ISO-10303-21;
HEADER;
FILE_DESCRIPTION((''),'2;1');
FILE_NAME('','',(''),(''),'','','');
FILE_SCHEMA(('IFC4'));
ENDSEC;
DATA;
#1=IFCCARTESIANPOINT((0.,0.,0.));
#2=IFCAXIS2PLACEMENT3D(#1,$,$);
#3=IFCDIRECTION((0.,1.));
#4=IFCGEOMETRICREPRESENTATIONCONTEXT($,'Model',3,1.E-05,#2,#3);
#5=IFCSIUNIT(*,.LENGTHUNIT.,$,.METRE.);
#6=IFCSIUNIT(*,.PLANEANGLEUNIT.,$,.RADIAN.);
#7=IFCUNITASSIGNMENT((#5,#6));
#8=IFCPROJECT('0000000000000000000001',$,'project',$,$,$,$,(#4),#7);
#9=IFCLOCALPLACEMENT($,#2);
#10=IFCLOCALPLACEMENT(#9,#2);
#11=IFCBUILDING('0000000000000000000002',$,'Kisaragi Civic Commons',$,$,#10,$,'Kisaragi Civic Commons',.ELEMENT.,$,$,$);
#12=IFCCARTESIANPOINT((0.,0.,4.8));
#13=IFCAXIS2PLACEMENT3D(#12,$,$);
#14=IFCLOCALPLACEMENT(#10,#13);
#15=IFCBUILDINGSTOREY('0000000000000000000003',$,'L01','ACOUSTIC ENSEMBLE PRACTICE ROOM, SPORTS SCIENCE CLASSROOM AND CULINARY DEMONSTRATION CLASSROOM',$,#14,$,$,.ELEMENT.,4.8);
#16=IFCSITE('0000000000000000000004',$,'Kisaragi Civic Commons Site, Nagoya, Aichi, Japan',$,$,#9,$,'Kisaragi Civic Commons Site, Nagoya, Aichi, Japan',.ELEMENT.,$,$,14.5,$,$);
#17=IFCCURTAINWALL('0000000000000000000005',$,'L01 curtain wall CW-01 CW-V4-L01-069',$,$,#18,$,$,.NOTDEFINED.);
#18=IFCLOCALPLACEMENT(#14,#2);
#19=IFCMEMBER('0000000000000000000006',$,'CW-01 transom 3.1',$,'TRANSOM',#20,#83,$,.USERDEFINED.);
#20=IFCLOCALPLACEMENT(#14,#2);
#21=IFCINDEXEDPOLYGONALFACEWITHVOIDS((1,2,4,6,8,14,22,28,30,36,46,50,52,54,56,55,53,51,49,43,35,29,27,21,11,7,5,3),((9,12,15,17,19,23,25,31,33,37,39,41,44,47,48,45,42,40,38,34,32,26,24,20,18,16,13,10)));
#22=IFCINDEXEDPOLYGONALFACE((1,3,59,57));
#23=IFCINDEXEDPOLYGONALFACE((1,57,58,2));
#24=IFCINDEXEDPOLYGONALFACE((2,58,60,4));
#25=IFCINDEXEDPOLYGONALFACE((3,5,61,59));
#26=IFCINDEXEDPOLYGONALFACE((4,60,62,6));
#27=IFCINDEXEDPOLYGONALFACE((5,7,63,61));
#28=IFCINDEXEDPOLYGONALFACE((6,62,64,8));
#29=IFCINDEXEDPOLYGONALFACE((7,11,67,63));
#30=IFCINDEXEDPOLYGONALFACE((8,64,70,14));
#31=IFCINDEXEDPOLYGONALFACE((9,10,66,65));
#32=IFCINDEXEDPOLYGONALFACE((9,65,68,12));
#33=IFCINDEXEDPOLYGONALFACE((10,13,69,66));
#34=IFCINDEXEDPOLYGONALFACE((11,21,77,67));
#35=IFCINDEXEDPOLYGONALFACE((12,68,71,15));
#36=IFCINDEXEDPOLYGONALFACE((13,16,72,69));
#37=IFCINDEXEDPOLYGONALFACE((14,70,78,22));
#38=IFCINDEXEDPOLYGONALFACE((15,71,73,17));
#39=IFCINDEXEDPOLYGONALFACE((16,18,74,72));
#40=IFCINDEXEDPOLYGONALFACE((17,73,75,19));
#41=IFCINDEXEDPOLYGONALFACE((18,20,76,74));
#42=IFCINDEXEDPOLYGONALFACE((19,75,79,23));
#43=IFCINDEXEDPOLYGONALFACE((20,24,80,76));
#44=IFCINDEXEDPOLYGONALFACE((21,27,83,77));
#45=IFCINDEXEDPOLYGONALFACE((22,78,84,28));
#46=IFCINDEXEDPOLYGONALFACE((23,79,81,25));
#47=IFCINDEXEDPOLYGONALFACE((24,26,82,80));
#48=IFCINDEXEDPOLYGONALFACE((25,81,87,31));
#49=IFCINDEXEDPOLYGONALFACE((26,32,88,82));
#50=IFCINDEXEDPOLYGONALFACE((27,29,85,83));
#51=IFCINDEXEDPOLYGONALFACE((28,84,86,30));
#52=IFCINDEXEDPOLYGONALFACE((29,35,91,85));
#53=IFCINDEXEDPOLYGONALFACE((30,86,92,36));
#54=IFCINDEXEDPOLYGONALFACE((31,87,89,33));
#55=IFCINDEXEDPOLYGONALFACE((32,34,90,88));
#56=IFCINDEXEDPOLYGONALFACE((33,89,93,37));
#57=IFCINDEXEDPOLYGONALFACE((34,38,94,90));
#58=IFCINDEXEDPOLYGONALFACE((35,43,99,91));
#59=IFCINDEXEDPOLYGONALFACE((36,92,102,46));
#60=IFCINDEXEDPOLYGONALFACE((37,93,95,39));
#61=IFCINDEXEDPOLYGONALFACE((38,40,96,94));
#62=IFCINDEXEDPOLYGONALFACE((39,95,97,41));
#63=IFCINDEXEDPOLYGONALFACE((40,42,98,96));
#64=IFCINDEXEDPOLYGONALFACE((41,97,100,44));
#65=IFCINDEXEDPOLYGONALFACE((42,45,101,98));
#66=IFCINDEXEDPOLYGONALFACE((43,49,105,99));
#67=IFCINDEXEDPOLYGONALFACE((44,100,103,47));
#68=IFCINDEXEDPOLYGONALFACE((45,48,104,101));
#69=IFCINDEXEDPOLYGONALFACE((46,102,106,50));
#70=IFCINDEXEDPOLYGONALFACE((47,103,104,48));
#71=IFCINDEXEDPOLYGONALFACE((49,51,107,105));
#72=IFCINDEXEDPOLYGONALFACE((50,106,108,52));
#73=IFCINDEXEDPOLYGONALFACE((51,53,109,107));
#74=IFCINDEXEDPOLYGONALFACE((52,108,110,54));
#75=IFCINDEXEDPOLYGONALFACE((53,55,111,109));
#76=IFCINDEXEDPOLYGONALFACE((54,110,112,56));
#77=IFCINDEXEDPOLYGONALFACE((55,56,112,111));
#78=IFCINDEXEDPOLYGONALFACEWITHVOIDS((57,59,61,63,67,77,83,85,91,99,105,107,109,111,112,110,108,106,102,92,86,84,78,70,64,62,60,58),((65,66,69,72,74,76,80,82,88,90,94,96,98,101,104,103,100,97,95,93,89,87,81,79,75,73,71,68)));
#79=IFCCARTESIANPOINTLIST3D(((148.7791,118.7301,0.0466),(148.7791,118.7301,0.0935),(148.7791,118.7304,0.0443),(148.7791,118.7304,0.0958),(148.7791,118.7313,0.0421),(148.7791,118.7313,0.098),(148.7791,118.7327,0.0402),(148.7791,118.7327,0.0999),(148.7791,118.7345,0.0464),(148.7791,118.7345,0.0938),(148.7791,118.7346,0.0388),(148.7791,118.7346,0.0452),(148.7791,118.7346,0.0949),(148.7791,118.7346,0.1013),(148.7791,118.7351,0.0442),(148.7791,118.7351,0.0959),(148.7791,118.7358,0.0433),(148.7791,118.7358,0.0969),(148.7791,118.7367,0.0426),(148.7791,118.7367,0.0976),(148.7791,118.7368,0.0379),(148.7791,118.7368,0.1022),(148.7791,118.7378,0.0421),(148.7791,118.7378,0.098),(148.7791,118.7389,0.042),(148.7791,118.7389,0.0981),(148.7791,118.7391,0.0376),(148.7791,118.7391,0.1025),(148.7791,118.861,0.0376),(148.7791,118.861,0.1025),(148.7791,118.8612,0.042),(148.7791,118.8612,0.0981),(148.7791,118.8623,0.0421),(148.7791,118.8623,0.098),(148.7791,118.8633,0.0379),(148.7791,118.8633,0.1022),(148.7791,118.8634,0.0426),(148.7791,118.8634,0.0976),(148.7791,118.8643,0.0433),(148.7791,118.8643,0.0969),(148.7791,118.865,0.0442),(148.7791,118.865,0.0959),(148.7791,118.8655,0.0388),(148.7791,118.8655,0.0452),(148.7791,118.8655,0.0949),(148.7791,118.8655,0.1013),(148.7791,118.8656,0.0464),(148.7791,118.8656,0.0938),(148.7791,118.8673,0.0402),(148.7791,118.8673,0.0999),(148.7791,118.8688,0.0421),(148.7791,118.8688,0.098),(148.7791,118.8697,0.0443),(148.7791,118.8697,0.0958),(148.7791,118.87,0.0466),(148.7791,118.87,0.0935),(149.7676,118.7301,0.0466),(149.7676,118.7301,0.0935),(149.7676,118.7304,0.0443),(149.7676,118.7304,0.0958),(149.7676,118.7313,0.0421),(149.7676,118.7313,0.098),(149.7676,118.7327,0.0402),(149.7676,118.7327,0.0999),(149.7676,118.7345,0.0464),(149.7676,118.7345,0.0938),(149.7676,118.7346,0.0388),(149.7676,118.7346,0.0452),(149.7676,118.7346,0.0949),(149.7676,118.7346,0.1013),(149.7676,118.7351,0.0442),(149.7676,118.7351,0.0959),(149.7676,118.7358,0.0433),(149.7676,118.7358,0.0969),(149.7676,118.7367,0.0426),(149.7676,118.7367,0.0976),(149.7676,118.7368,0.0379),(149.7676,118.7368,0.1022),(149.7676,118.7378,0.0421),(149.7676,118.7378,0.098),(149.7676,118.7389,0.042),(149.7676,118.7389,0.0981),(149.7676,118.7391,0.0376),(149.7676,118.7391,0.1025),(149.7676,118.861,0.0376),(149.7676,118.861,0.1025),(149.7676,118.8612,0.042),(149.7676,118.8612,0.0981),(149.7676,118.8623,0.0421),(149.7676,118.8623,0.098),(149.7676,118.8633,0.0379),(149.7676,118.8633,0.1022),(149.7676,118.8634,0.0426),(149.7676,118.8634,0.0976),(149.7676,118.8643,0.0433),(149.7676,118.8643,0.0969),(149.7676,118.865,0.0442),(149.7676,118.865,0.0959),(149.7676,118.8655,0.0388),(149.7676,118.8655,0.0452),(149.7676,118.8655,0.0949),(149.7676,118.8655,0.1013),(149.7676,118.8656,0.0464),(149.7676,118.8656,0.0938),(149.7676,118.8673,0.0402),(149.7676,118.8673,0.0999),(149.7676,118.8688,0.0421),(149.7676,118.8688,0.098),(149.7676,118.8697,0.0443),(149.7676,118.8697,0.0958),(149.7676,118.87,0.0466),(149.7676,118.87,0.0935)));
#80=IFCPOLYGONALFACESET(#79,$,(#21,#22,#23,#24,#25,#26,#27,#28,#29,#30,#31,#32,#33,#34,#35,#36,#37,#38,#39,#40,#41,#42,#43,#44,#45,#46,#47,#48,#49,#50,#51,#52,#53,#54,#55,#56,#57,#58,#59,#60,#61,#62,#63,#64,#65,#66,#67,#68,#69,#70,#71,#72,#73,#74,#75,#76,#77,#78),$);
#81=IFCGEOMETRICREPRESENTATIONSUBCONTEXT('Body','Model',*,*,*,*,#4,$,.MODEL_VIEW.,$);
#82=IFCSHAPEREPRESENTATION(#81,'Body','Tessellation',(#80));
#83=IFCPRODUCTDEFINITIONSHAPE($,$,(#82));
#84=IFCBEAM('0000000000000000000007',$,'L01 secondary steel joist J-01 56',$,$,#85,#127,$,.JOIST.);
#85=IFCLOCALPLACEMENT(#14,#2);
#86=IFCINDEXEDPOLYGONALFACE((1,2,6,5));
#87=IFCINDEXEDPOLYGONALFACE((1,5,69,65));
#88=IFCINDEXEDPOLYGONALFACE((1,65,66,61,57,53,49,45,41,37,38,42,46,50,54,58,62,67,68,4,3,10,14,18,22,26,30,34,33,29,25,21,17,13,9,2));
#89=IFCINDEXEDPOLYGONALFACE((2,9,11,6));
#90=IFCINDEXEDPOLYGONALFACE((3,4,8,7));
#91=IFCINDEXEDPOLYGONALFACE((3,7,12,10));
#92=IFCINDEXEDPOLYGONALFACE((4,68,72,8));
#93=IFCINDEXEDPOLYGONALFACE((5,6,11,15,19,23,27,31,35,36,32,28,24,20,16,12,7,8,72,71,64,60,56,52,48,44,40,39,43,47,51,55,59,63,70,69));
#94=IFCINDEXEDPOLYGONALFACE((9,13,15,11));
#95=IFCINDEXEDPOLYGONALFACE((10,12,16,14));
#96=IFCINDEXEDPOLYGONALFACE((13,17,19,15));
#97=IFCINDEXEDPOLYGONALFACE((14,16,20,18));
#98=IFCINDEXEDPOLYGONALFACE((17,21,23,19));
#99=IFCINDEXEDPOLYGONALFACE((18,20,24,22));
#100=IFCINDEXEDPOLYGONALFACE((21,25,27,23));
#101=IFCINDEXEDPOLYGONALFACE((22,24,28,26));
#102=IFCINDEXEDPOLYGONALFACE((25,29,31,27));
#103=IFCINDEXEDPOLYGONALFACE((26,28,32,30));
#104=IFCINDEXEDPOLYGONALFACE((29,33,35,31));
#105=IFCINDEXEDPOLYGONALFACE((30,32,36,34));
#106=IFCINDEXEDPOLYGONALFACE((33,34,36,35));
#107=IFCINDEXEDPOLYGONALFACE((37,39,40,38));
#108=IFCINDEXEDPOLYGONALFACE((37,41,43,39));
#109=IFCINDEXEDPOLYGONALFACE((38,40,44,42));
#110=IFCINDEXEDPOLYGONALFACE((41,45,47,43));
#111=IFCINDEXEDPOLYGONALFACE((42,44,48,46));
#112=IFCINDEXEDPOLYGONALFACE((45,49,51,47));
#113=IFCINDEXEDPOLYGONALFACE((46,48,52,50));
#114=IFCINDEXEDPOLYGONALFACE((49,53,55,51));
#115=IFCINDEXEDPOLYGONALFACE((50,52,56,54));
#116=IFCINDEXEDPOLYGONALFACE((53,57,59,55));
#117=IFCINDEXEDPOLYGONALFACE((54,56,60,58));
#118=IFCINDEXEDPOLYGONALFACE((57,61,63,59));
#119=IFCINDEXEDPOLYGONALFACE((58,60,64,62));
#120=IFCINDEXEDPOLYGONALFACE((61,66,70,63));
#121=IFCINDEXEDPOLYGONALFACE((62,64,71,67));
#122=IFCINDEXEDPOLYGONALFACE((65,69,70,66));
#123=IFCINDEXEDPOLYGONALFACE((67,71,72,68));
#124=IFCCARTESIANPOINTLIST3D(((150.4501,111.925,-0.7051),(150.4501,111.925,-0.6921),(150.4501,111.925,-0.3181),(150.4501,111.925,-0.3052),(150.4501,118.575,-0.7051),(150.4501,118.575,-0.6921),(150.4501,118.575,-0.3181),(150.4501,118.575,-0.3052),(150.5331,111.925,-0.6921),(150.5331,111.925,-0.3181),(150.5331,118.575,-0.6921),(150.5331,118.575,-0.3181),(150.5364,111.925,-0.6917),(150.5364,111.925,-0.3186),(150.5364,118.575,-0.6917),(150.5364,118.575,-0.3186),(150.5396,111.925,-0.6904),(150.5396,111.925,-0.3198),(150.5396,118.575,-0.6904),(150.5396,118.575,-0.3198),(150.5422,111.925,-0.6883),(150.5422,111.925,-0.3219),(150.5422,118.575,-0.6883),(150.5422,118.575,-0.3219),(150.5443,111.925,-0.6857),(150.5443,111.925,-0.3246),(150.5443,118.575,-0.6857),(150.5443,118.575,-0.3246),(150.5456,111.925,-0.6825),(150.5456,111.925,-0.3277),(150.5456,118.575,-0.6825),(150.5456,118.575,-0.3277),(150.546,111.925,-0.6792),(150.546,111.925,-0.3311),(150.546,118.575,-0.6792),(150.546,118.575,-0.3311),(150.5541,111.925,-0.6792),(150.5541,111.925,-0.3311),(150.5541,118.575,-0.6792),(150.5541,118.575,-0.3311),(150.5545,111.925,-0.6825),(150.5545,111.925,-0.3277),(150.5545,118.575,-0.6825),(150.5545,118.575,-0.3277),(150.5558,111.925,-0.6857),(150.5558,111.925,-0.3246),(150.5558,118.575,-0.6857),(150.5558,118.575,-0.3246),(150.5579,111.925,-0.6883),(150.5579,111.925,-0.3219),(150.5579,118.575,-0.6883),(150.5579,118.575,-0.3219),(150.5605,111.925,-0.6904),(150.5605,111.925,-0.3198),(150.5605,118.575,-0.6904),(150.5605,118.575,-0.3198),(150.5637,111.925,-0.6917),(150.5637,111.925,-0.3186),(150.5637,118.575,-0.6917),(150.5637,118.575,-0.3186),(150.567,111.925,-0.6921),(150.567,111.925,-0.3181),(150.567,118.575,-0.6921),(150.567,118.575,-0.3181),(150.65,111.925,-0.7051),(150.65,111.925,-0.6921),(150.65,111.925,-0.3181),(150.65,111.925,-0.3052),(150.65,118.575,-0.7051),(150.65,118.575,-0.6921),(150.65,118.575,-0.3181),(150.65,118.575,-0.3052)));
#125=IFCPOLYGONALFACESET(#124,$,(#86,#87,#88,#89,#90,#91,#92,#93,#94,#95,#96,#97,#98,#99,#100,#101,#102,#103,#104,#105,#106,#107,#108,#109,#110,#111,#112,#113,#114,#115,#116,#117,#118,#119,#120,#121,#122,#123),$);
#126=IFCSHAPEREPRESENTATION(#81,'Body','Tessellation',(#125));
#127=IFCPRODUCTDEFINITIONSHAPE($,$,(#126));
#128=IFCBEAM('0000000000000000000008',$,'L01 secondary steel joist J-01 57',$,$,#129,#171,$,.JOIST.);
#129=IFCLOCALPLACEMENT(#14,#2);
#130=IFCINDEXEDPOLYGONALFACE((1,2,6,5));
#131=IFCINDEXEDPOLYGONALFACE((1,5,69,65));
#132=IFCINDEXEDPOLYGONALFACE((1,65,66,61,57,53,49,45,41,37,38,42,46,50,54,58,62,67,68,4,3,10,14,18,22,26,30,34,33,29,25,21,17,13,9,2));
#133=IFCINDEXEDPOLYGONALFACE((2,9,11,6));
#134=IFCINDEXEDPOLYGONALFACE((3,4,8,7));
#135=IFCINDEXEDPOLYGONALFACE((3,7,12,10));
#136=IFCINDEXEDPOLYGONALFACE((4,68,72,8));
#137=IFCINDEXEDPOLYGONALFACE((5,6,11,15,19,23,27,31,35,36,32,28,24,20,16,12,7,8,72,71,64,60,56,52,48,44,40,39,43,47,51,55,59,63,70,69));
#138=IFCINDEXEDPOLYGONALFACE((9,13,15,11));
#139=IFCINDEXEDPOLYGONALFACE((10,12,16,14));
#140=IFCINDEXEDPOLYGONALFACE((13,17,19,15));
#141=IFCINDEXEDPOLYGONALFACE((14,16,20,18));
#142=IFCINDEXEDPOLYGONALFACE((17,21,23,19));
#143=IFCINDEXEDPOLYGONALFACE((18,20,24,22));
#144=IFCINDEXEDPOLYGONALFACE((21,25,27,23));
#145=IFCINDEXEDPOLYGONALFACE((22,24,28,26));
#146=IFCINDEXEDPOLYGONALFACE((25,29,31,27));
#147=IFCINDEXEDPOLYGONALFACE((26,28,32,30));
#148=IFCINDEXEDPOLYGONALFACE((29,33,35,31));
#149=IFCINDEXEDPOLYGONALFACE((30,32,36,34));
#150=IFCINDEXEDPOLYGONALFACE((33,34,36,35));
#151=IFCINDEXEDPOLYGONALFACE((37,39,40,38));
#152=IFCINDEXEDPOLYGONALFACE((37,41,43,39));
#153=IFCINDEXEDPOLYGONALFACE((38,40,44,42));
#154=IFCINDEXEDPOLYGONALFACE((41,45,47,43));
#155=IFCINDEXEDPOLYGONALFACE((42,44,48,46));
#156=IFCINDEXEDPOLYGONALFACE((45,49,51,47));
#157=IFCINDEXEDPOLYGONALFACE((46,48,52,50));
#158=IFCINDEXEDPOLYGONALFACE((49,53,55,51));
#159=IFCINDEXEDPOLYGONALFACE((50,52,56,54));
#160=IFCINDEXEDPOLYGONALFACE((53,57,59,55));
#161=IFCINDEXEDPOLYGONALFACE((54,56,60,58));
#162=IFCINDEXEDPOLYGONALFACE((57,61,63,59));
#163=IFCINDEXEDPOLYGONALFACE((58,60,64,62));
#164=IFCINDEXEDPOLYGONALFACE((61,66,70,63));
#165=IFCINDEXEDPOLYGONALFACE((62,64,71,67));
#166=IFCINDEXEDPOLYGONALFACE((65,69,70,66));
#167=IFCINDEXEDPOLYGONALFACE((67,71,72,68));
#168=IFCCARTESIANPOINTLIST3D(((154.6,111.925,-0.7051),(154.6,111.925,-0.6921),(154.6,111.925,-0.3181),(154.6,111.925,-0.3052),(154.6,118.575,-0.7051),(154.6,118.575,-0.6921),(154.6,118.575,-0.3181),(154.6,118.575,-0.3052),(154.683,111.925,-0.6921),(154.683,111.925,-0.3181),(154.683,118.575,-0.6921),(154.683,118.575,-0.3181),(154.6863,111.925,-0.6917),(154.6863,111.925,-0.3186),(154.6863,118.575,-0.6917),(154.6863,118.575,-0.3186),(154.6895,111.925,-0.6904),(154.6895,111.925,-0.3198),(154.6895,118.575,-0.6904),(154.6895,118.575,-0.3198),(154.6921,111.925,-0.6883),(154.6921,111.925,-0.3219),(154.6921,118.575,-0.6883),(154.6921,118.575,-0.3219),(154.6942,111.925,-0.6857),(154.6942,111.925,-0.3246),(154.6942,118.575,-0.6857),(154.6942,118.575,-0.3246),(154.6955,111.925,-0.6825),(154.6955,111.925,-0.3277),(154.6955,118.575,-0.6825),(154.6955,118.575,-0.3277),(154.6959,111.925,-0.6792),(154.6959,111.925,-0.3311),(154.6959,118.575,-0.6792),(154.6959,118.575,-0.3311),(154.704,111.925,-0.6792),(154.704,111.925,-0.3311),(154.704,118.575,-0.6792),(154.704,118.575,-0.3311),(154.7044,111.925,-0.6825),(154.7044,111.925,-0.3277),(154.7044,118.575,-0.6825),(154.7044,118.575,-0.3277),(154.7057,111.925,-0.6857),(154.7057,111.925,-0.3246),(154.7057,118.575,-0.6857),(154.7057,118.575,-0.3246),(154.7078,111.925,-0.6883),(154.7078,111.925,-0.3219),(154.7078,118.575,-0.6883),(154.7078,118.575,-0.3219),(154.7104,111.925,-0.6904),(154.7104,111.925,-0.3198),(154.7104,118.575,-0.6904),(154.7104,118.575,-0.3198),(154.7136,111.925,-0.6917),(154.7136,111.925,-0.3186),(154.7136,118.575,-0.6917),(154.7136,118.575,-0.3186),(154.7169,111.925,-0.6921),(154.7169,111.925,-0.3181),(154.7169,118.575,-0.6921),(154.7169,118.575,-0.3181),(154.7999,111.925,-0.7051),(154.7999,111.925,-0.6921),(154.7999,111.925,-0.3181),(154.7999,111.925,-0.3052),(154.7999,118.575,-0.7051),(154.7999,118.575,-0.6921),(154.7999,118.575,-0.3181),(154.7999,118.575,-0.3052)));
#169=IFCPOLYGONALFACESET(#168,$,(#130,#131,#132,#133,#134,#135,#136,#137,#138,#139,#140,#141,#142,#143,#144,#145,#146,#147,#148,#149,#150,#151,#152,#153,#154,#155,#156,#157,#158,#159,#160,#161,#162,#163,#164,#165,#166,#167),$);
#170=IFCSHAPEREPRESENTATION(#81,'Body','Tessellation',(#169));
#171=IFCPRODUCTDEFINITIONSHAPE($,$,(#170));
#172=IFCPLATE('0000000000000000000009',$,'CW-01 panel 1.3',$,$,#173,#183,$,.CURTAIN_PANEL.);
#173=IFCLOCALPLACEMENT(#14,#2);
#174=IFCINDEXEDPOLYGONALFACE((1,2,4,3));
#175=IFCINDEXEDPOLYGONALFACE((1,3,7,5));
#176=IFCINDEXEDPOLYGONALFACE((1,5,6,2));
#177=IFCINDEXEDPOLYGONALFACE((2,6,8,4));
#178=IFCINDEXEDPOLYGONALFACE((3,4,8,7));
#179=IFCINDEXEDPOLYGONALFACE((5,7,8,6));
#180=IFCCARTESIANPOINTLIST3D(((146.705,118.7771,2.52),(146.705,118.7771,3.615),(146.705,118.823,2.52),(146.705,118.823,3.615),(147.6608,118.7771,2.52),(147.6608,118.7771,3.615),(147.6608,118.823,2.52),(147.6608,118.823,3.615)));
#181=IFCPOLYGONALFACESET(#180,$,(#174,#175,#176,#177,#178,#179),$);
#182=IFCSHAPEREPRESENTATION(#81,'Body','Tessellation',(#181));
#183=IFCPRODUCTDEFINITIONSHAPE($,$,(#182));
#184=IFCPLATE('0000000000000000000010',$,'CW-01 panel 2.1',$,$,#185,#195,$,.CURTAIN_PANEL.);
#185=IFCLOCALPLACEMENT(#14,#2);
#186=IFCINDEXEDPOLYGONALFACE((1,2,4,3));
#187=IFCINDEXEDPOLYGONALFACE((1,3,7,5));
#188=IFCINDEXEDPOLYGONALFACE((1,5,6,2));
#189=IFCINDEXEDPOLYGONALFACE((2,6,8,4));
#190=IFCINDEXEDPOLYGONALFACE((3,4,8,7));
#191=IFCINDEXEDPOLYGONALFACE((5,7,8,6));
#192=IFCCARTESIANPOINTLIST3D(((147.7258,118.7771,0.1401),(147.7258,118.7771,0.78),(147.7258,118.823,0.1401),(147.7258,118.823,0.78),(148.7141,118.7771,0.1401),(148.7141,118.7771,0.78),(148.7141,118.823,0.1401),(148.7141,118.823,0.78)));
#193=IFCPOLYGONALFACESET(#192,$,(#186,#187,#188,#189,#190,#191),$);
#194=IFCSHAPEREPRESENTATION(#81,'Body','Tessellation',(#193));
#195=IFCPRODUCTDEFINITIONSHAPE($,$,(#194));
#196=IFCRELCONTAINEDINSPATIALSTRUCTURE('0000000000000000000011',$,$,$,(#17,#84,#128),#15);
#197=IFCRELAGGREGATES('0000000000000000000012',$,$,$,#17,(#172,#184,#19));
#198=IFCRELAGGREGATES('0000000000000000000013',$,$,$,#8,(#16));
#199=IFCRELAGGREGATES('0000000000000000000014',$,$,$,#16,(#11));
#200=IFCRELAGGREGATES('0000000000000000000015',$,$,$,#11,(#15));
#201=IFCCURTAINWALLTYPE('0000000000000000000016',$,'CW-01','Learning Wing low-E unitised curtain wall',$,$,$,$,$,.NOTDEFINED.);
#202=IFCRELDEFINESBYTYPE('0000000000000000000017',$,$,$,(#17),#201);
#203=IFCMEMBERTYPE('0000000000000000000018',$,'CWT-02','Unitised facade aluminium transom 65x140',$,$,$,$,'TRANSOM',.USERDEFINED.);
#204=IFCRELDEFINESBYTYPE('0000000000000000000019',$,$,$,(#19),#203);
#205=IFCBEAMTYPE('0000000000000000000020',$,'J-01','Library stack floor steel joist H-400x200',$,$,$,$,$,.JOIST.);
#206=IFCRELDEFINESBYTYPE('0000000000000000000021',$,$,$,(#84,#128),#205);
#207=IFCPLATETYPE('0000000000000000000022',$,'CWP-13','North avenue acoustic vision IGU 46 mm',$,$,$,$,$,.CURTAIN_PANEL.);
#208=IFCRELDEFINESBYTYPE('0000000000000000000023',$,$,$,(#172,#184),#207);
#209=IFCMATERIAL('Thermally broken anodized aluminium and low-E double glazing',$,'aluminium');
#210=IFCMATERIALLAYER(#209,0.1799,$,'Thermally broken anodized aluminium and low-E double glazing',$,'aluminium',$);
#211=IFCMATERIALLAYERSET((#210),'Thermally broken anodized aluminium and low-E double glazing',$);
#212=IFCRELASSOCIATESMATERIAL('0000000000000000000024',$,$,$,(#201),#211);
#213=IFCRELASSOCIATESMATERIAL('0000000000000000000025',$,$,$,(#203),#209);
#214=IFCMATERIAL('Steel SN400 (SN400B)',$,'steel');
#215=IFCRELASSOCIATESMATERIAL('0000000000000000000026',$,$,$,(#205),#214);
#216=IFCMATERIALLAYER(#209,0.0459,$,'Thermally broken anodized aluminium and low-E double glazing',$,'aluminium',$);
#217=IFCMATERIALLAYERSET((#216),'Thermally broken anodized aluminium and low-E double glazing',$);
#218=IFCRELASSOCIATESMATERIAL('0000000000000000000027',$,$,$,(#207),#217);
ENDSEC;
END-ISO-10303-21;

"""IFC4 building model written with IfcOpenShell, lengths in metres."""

from ifc_helpers import new_model, si_unit, direction, frame, origin, origin_2d, place, context, subcontext, project, spatial, rectangle, hollow_rectangle, i_section, extrude, material, layer, layer_set, material_profile, profile_set, type_object, element, aggregate, save


model = new_model("IFC4")

# Units and contexts
model_context = context("Model", 3, precision=1e-05, world=origin(), true_north=direction((0.0, 1.0)))
body_context = subcontext(model_context, "Body", "Model", "MODEL_VIEW")
ifc_project = project(units=[si_unit("LENGTHUNIT", "METRE"), si_unit("PLANEANGLEUNIT", "RADIAN")], contexts=[model_context])

# Site, building, storey
site_placement = place(None, origin())
site = spatial("IfcSite", under=ifc_project, at=site_placement, Name="Kisaragi Civic Commons Site, Nagoya, Aichi, Japan", LongName="Kisaragi Civic Commons Site, Nagoya, Aichi, Japan", CompositionType="ELEMENT", RefElevation=14.5)
building_placement = place(site_placement, origin())
building = spatial("IfcBuilding", under=site, at=building_placement, Name="Kisaragi Civic Commons", LongName="Kisaragi Civic Commons", CompositionType="ELEMENT")
storey_placement = place(building_placement, frame((0.0, 0.0, 4.8)))
storey = spatial("IfcBuildingStorey", under=building, at=storey_placement, Name="L01", Description="ACOUSTIC ENSEMBLE PRACTICE ROOM, SPORTS SCIENCE CLASSROOM AND CULINARY DEMONSTRATION CLASSROOM", CompositionType="ELEMENT", Elevation=4.8)

# Curtain wall, member
ifc_material_1 = material(Name="Thermally broken anodized aluminium and low-E double glazing", Category="aluminium")
ifc_layer_1 = layer(ifc_material_1, 0.1799, Name="Thermally broken anodized aluminium and low-E double glazing", Category="aluminium")
ifc_layer_set_1 = layer_set([ifc_layer_1], Name="Thermally broken anodized aluminium and low-E double glazing")
curtain_wall_type = type_object("IfcCurtainWallType", Name="CW-01", Description="Learning Wing low-E unitised curtain wall", PredefinedType="NOTDEFINED", material=ifc_layer_set_1)
curtain_wall_placement = place(storey_placement, origin())
curtain_wall = element("IfcCurtainWall", 1, at=curtain_wall_placement, inside=storey, type_object=curtain_wall_type, Name="L01 curtain wall CW-01 CW-V4-L01-069", PredefinedType="NOTDEFINED")
ifc_material_profile_1 = material_profile(ifc_material_1, hollow_rectangle(XDim=0.1399, YDim=0.0649, WallThickness=0.0044, InnerFilletRadius=0.0044, OuterFilletRadius=0.009, at=origin_2d()), Name="CWT-65x140x4.5", Category="aluminium")
ifc_profile_set_1 = profile_set([ifc_material_profile_1], Name="Thermally broken anodized aluminium and low-E double glazing")
member_type_1 = type_object("IfcMemberType", Name="CWT-02", Description="Unitised facade aluminium transom 65x140", ElementType="TRANSOM", PredefinedType="USERDEFINED", material=ifc_profile_set_1)
member_1_placement = place(storey_placement, frame((148.7791, 118.8, 0.0701), z_axis=(1.0, 0.0, 0.0), x_axis=(0.0, 1.0, 0.0)))
member_1 = element("IfcMember", 2, at=member_1_placement, type_object=member_type_1, Name="CW-01 transom 3.1", ObjectType="TRANSOM", PredefinedType="USERDEFINED", context=body_context, shape_type="SweptSolid", body=[
    extrude(hollow_rectangle(XDim=0.1399, YDim=0.0649, WallThickness=0.0044, InnerFilletRadius=0.0044, OuterFilletRadius=0.009, at=origin_2d()), origin(), (0.0, 0.0, 1.0), 0.9885),
])

# Beams
ifc_material_2 = material(Name="Steel SN400 (SN400B)", Category="steel")
ifc_material_profile_2 = material_profile(ifc_material_2, i_section(OverallWidth=0.2, OverallDepth=0.3999, WebThickness=0.0081, FlangeThickness=0.0129, FilletRadius=0.0129, at=origin_2d()), Name="H-400x200x8x13", Category="steel")
ifc_profile_set_2 = profile_set([ifc_material_profile_2], Name="Steel SN400 (SN400B)")
beam_type = type_object("IfcBeamType", Name="J-01", Description="Library stack floor steel joist H-400x200", PredefinedType="JOIST", material=ifc_profile_set_2)
for number, where, z_axis, x_axis, name in (
    (3, (150.55, 111.925, -0.5051), (0.0, 1.0, 0.0), (-1.0, 0.0, 0.0), "L01 secondary steel joist J-01 56"),
    (4, (154.7, 111.925, -0.5051), (0.0, 1.0, 0.0), (-1.0, 0.0, 0.0), "L01 secondary steel joist J-01 57"),
):
    element("IfcBeam", number, at=place(storey_placement, frame(where, z_axis=z_axis, x_axis=x_axis)), inside=storey, type_object=beam_type, Name=name, PredefinedType="JOIST", context=body_context, shape_type="SweptSolid", body=[
        extrude(i_section(OverallWidth=0.2, OverallDepth=0.3999, WebThickness=0.0081, FlangeThickness=0.0129, FilletRadius=0.0129, at=origin_2d()), origin(), (0.0, 0.0, 1.0), 6.6499),
    ])

# Plates
ifc_layer_2 = layer(ifc_material_1, 0.0459, Name="Thermally broken anodized aluminium and low-E double glazing", Category="aluminium")
ifc_layer_set_2 = layer_set([ifc_layer_2], Name="Thermally broken anodized aluminium and low-E double glazing")
plate_type = type_object("IfcPlateType", Name="CWP-13", Description="North avenue acoustic vision IGU 46 mm", PredefinedType="CURTAIN_PANEL", material=ifc_layer_set_2)
plate_1_placement = place(storey_placement, frame((147.1829, 118.8, 2.52), z_axis=(0.0, 0.0, 1.0), x_axis=(1.0, 0.0, 0.0)))
plate_1 = element("IfcPlate", 5, at=plate_1_placement, type_object=plate_type, Name="CW-01 panel 1.3", PredefinedType="CURTAIN_PANEL", context=body_context, shape_type="SweptSolid", body=[
    extrude(rectangle(XDim=0.9558, YDim=0.0459, at=origin_2d()), origin(), (0.0, 0.0, 1.0), 1.095),
])
plate_2_placement = place(storey_placement, frame((148.22, 118.8, 0.1401), z_axis=(0.0, 0.0, 1.0), x_axis=(1.0, 0.0, 0.0)))
plate_2 = element("IfcPlate", 6, at=plate_2_placement, type_object=plate_type, Name="CW-01 panel 2.1", PredefinedType="CURTAIN_PANEL", context=body_context, shape_type="SweptSolid", body=[
    extrude(rectangle(XDim=0.9883, YDim=0.0459, at=origin_2d()), origin(), (0.0, 0.0, 1.0), 0.6399),
])
aggregate(curtain_wall, [plate_1, plate_2, member_1])

save(model, "model.ifc")
